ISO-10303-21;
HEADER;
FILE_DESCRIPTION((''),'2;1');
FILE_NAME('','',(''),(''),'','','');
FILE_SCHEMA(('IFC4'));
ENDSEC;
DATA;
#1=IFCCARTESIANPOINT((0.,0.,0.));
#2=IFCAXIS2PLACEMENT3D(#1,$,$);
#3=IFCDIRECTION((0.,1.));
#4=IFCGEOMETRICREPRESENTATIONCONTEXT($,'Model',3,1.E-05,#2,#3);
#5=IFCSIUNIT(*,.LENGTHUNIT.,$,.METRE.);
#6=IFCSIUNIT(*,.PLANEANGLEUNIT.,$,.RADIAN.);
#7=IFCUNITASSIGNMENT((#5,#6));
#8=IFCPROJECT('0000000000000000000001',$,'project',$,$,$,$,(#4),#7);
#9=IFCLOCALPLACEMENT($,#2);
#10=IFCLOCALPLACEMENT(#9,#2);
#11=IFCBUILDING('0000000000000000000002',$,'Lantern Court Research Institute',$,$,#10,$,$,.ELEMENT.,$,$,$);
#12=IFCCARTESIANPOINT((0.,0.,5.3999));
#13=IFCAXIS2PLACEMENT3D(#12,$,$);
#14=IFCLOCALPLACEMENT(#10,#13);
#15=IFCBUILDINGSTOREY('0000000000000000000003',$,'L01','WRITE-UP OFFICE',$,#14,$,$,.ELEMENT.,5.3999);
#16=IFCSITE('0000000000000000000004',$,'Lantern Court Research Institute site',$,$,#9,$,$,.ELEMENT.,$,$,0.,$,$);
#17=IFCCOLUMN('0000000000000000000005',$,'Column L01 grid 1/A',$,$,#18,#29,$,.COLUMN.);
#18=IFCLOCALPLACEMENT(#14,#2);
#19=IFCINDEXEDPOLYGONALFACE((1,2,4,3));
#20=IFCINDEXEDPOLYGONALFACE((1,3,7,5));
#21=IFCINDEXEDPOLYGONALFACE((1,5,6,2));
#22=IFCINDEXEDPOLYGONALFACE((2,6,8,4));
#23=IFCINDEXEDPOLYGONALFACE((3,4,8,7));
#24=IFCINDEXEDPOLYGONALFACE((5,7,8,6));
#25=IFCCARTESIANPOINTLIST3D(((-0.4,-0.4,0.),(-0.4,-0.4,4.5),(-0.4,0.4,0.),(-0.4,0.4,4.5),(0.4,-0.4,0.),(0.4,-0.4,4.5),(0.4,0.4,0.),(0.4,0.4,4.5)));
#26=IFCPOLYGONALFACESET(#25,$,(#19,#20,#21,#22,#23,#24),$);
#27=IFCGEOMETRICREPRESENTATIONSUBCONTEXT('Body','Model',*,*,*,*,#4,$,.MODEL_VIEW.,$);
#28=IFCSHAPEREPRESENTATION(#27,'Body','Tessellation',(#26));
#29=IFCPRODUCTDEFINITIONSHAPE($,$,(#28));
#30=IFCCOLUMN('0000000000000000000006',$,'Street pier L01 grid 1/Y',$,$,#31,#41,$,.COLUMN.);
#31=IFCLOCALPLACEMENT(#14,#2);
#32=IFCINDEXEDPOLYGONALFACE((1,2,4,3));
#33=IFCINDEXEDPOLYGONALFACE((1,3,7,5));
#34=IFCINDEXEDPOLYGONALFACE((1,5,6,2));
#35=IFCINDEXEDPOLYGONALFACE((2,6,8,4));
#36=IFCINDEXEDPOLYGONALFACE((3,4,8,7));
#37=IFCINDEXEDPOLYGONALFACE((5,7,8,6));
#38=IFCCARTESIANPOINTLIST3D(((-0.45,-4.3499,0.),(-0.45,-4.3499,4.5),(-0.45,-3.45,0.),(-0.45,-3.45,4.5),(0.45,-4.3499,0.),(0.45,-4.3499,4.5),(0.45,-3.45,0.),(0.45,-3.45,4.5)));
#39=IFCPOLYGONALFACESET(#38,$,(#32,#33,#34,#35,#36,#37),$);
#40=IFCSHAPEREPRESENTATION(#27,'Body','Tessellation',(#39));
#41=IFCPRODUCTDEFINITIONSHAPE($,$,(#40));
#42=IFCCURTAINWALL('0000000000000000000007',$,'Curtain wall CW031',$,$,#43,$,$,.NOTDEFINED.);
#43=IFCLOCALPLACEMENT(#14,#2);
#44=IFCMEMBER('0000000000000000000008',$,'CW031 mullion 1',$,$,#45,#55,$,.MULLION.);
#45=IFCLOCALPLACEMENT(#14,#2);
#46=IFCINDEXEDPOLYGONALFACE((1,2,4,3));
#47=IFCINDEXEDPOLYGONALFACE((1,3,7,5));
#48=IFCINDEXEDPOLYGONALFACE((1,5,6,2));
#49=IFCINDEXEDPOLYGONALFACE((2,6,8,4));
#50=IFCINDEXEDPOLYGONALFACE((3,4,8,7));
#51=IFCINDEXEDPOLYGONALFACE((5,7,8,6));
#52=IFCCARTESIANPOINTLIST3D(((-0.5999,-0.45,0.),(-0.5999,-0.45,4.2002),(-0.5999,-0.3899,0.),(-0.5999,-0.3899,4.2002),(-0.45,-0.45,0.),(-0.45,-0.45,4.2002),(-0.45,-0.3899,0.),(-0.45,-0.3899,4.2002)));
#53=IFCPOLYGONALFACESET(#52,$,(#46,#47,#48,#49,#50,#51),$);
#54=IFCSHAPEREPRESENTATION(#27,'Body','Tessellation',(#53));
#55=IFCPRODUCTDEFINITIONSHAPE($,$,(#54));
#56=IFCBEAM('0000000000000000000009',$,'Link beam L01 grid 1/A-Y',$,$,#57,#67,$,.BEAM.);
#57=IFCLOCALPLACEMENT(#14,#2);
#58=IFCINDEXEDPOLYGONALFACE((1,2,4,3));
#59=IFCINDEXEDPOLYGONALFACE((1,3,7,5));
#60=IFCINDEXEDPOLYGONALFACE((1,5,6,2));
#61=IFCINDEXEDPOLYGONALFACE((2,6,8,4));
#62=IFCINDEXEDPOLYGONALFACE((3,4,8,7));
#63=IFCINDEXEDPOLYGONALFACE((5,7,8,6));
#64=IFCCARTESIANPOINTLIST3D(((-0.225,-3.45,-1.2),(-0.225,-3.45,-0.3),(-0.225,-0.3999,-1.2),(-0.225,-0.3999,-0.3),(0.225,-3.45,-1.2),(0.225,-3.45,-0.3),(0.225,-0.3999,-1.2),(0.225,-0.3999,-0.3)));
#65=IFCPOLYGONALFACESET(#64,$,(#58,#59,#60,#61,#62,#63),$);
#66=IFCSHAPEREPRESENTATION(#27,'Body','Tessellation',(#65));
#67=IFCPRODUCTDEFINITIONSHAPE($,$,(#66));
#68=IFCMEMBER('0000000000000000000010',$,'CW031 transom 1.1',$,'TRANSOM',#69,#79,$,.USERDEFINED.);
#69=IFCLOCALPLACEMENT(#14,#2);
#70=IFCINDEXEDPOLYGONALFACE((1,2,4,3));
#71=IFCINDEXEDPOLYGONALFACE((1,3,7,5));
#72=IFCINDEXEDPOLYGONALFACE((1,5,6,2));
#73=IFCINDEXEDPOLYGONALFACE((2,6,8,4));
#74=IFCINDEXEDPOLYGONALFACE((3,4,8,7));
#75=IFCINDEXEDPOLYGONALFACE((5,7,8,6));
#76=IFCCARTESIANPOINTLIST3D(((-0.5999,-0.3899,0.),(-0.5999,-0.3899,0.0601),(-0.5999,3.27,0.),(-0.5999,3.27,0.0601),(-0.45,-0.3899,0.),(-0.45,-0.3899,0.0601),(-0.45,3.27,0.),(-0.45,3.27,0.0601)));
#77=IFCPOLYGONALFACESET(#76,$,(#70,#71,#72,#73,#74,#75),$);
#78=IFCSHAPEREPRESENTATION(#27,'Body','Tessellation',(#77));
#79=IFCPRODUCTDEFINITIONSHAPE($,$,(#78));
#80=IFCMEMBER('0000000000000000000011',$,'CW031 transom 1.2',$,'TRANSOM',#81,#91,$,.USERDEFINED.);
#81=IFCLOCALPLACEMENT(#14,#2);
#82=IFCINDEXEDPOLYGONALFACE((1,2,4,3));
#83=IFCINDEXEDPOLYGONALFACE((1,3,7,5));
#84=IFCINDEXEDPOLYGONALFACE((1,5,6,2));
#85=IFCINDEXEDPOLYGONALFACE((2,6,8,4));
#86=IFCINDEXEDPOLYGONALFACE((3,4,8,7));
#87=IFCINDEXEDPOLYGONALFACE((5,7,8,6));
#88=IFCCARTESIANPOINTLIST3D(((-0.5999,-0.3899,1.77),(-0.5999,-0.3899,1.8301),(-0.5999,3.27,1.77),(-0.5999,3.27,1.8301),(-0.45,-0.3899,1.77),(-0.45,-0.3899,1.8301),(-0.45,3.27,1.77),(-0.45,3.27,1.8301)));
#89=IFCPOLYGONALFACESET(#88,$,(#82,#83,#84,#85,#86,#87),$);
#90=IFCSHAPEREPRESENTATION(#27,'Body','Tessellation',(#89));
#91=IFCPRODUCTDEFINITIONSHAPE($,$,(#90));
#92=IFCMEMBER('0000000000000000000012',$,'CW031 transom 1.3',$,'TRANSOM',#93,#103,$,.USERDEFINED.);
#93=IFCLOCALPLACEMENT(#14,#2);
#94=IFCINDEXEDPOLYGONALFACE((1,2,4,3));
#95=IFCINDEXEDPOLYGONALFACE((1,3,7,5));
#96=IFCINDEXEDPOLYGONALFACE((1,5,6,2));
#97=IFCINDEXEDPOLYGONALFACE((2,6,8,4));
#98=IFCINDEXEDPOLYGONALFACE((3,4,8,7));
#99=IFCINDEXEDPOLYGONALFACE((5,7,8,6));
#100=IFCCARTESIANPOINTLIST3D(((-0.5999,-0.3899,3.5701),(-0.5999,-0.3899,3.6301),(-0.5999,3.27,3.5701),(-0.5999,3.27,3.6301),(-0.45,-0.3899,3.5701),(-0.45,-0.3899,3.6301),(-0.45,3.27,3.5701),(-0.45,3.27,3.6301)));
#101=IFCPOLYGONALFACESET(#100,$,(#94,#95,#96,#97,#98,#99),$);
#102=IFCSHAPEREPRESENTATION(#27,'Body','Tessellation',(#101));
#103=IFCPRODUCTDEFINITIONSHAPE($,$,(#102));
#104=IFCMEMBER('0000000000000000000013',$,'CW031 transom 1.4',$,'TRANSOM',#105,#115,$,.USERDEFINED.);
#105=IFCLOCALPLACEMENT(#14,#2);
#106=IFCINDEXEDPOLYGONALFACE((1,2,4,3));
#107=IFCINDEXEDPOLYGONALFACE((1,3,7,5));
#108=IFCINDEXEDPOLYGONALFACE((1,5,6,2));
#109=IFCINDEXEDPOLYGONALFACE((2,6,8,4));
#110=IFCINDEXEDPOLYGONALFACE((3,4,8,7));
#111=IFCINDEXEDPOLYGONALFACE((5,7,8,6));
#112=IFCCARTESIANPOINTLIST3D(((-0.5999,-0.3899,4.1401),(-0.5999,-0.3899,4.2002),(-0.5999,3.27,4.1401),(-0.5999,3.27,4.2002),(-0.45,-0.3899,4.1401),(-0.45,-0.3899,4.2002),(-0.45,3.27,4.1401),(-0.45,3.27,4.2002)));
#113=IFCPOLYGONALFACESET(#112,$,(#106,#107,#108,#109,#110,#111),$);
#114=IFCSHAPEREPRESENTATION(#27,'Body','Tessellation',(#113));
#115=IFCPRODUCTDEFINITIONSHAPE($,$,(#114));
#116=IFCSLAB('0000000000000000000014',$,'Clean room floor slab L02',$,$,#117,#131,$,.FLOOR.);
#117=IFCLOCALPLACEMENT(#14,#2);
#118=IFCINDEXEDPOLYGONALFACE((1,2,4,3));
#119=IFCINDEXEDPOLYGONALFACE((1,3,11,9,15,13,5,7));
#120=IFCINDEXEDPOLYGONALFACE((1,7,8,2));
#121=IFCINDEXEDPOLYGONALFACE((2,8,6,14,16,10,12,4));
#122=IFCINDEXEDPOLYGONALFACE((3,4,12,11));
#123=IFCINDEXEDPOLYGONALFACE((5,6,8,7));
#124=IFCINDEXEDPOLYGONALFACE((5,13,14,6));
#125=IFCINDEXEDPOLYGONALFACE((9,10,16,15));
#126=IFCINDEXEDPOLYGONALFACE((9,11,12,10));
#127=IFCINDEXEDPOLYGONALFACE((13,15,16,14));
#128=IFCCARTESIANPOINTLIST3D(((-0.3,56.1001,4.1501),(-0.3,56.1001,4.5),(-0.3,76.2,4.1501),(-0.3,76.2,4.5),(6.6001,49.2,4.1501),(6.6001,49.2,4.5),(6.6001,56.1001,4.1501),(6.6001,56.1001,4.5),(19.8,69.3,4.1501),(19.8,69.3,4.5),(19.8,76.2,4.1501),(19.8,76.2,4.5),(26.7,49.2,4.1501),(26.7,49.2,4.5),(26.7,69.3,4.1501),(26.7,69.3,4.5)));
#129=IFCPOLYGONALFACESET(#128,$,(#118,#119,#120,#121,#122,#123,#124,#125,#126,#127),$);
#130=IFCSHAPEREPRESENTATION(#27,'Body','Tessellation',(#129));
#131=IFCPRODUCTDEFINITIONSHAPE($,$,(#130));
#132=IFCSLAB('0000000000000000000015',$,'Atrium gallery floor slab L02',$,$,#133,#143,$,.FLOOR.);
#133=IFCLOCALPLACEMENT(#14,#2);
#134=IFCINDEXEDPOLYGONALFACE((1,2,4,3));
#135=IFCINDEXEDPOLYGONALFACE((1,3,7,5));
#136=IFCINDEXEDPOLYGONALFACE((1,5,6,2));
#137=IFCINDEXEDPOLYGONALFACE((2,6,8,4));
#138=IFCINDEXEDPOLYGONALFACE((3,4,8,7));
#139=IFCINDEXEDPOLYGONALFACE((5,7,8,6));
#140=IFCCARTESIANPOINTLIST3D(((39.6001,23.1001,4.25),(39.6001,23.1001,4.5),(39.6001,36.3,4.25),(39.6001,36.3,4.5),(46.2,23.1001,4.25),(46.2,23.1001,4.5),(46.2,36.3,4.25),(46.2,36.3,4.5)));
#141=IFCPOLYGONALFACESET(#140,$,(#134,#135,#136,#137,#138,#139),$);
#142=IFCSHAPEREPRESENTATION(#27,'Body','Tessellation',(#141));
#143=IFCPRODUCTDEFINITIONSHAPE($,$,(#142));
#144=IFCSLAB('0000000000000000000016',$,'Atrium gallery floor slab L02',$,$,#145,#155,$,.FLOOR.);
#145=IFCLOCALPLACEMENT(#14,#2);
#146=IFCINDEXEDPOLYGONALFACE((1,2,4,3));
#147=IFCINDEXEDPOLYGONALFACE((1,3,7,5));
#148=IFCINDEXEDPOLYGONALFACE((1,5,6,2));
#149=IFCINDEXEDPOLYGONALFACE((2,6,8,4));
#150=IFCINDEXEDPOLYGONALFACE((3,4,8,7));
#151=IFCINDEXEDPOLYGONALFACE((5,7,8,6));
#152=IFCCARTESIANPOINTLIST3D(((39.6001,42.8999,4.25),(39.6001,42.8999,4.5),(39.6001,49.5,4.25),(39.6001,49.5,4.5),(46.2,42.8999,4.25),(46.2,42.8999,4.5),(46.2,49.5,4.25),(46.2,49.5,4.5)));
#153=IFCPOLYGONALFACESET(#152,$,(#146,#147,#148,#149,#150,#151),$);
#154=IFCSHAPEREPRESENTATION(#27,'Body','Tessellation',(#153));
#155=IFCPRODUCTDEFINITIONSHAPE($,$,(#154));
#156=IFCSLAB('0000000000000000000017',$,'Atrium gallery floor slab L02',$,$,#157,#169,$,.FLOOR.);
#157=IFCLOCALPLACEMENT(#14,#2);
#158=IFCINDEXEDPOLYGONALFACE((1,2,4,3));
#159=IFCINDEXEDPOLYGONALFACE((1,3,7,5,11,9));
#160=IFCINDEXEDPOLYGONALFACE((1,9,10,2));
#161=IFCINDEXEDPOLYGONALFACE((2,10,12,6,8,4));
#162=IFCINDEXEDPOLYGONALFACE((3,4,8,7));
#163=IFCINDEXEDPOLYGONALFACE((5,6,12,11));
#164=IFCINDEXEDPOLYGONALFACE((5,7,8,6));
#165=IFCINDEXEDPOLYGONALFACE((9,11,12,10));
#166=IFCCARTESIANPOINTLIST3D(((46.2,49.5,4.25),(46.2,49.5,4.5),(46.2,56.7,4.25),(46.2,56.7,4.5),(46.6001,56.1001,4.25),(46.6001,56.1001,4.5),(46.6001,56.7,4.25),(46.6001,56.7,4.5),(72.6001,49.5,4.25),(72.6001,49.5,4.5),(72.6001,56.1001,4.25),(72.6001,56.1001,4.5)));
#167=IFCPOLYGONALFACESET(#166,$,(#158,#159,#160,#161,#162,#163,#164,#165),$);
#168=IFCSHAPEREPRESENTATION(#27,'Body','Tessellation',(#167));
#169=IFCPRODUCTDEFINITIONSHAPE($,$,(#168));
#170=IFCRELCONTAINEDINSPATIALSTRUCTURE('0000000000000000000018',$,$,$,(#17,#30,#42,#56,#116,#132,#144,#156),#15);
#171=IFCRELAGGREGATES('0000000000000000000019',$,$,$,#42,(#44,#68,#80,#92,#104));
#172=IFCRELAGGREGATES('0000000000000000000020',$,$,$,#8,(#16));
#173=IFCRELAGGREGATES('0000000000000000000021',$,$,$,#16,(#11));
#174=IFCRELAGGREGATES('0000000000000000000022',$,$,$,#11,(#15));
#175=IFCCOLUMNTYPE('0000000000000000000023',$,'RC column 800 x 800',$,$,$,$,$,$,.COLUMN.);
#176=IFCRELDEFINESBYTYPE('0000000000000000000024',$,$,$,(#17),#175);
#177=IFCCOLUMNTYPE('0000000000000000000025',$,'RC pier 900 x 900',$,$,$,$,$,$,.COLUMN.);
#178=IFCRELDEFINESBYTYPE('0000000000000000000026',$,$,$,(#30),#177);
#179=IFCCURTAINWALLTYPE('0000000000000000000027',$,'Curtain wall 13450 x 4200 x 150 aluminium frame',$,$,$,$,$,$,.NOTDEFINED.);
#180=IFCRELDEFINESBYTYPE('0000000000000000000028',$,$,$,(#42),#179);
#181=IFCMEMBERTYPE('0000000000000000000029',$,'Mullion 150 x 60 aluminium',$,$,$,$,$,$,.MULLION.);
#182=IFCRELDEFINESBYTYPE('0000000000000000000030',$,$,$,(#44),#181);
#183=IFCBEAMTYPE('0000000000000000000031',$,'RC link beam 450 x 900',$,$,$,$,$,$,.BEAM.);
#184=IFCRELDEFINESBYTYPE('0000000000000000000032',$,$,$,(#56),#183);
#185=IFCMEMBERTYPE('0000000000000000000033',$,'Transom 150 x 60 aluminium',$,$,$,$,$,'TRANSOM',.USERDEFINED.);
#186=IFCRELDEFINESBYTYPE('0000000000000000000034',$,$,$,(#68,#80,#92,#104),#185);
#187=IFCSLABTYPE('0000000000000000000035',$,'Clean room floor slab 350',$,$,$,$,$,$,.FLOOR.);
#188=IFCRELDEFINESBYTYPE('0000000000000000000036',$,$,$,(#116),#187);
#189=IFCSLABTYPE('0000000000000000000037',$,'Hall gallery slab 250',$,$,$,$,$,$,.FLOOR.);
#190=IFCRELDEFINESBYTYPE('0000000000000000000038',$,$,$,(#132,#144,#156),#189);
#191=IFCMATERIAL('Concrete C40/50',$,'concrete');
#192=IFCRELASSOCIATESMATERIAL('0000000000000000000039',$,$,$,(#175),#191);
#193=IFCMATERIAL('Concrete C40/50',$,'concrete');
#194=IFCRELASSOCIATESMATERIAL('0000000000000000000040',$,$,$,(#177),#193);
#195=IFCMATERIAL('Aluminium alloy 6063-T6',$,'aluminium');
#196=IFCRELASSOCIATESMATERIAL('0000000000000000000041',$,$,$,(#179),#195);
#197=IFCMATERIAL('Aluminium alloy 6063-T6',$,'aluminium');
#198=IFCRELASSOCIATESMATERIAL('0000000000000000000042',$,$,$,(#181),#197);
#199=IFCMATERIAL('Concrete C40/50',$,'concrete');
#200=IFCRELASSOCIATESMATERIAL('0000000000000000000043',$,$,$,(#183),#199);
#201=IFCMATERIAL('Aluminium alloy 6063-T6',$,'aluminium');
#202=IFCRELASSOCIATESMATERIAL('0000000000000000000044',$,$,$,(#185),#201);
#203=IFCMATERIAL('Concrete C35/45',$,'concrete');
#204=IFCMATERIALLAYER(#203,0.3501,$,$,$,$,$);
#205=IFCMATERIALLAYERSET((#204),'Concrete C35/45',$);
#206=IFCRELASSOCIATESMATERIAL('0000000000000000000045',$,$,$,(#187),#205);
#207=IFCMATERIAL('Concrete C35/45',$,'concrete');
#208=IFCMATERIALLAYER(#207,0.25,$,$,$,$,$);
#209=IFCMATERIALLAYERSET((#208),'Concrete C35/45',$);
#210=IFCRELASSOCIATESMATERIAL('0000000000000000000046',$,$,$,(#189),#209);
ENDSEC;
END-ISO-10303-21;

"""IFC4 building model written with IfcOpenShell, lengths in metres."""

from ifc_helpers import new_model, si_unit, direction, frame, origin, origin_with_axes, origin_2d, place, context, subcontext, project, spatial, polyline, rectangle, outline, extrude, material, layer, layer_set, material_profile, profile_set, type_object, element, aggregate, save


model = new_model("IFC4")

# Units and contexts
model_context = context("Model", 3, precision=1e-05, world=origin(), true_north=direction((0.0, 1.0)))
body_context = subcontext(model_context, "Body", "Model", "MODEL_VIEW")
ifc_project = project(units=[si_unit("LENGTHUNIT", "METRE"), si_unit("PLANEANGLEUNIT", "RADIAN")], contexts=[model_context])

# Site, building, storey
site_placement = place(None, origin())
site = spatial("IfcSite", under=ifc_project, at=site_placement, Name="Lantern Court Research Institute site", CompositionType="ELEMENT", RefElevation=0.0)
building_placement = place(site_placement, origin())
building = spatial("IfcBuilding", under=site, at=building_placement, Name="Lantern Court Research Institute", CompositionType="ELEMENT")
storey_placement = place(building_placement, frame((0.0, 0.0, 5.3999)))
storey = spatial("IfcBuildingStorey", under=building, at=storey_placement, Name="L01", Description="WRITE-UP OFFICE", CompositionType="ELEMENT", Elevation=5.3999)

# Columns
ifc_material_1 = material(Name="Concrete C40/50", Category="concrete")
ifc_material_profile_1 = material_profile(ifc_material_1, rectangle(XDim=0.8, YDim=0.8, at=origin_2d()), Name="RC column 800 x 800")
ifc_profile_set_1 = profile_set([ifc_material_profile_1], Name="Concrete C40/50")
column_type_1 = type_object("IfcColumnType", Name="RC column 800 x 800", PredefinedType="COLUMN", material=ifc_profile_set_1)
column_1_placement = place(storey_placement, origin_with_axes())
element("IfcColumn", 1, at=column_1_placement, inside=storey, type_object=column_type_1, Name="Column L01 grid 1/A", PredefinedType="COLUMN", context=body_context, shape_type="SweptSolid", body=[
    extrude(rectangle(XDim=0.8, YDim=0.8, at=origin_2d()), origin(), (0.0, 0.0, 1.0), 4.5),
])
ifc_material_2 = material(Name="Concrete C40/50", Category="concrete")
ifc_material_profile_2 = material_profile(ifc_material_2, rectangle(XDim=0.8999, YDim=0.8999, at=origin_2d()), Name="RC column 900 x 900")
ifc_profile_set_2 = profile_set([ifc_material_profile_2], Name="Concrete C40/50")
column_type_2 = type_object("IfcColumnType", Name="RC pier 900 x 900", PredefinedType="COLUMN", material=ifc_profile_set_2)
column_2_placement = place(storey_placement, frame((0.0, -3.8999, 0.0), z_axis=(0.0, 0.0, 1.0), x_axis=(1.0, 0.0, 0.0)))
element("IfcColumn", 2, at=column_2_placement, inside=storey, type_object=column_type_2, Name="Street pier L01 grid 1/Y", PredefinedType="COLUMN", context=body_context, shape_type="SweptSolid", body=[
    extrude(rectangle(XDim=0.8999, YDim=0.8999, at=origin_2d()), origin(), (0.0, 0.0, 1.0), 4.5),
])

# Curtain wall, member
ifc_material_3 = material(Name="Aluminium alloy 6063-T6", Category="aluminium")
curtain_wall_type = type_object("IfcCurtainWallType", Name="Curtain wall 13450 x 4200 x 150 aluminium frame", PredefinedType="NOTDEFINED", material=ifc_material_3)
curtain_wall_placement = place(storey_placement, origin())
curtain_wall = element("IfcCurtainWall", 3, at=curtain_wall_placement, inside=storey, type_object=curtain_wall_type, Name="Curtain wall CW031", PredefinedType="NOTDEFINED")
ifc_material_4 = material(Name="Aluminium alloy 6063-T6", Category="aluminium")
ifc_material_profile_3 = material_profile(ifc_material_4, rectangle(XDim=0.1499, YDim=0.0601, at=origin_2d()), Name="Mullion 150 x 60")
ifc_profile_set_3 = profile_set([ifc_material_profile_3], Name="Aluminium alloy 6063-T6")
member_type_1 = type_object("IfcMemberType", Name="Mullion 150 x 60 aluminium", PredefinedType="MULLION", material=ifc_profile_set_3)
member_1_placement = place(storey_placement, frame((-0.5249, -0.4199, 0.0), z_axis=(0.0, 0.0, 1.0), x_axis=(-1.0, 0.0, 0.0)))
member_1 = element("IfcMember", 4, at=member_1_placement, type_object=member_type_1, Name="CW031 mullion 1", PredefinedType="MULLION", context=body_context, shape_type="SweptSolid", body=[
    extrude(rectangle(XDim=0.1499, YDim=0.0601, at=origin_2d()), origin(), (0.0, 0.0, 1.0), 4.2002),
])

# Beam
ifc_material_5 = material(Name="Concrete C40/50", Category="concrete")
ifc_material_profile_4 = material_profile(ifc_material_5, rectangle(XDim=0.45, YDim=0.8999, at=origin_2d()), Name="RC beam 450 x 900")
ifc_profile_set_4 = profile_set([ifc_material_profile_4], Name="Concrete C40/50")
beam_type = type_object("IfcBeamType", Name="RC link beam 450 x 900", PredefinedType="BEAM", material=ifc_profile_set_4)
beam_placement = place(storey_placement, frame((0.0, -0.3999, -0.75), z_axis=(0.0, -1.0, 0.0), x_axis=(1.0, 0.0, 0.0)))
element("IfcBeam", 5, at=beam_placement, inside=storey, type_object=beam_type, Name="Link beam L01 grid 1/A-Y", PredefinedType="BEAM", context=body_context, shape_type="SweptSolid", body=[
    extrude(rectangle(XDim=0.45, YDim=0.8999, at=origin_2d()), origin(), (0.0, 0.0, 1.0), 3.05),
])

# Members
ifc_material_6 = material(Name="Aluminium alloy 6063-T6", Category="aluminium")
ifc_material_profile_5 = material_profile(ifc_material_6, rectangle(XDim=0.1499, YDim=0.0601, at=origin_2d()), Name="Transom 150 x 60")
ifc_profile_set_5 = profile_set([ifc_material_profile_5], Name="Aluminium alloy 6063-T6")
member_type_2 = type_object("IfcMemberType", Name="Transom 150 x 60 aluminium", ElementType="TRANSOM", PredefinedType="USERDEFINED", material=ifc_profile_set_5)
member_2_placement = place(storey_placement, frame((-0.5249, -0.3899, 0.03), z_axis=(0.0, 1.0, 0.0), x_axis=(-1.0, 0.0, 0.0)))
member_2 = element("IfcMember", 6, at=member_2_placement, type_object=member_type_2, Name="CW031 transom 1.1", ObjectType="TRANSOM", PredefinedType="USERDEFINED", context=body_context, shape_type="SweptSolid", body=[
    extrude(rectangle(XDim=0.1499, YDim=0.0601, at=origin_2d()), origin(), (0.0, 0.0, 1.0), 3.6599),
])
member_3_placement = place(storey_placement, frame((-0.5249, -0.3899, 1.8), z_axis=(0.0, 1.0, 0.0), x_axis=(-1.0, 0.0, 0.0)))
member_3 = element("IfcMember", 7, at=member_3_placement, type_object=member_type_2, Name="CW031 transom 1.2", ObjectType="TRANSOM", PredefinedType="USERDEFINED", context=body_context, shape_type="SweptSolid", body=[
    extrude(rectangle(XDim=0.1499, YDim=0.0601, at=origin_2d()), origin(), (0.0, 0.0, 1.0), 3.6599),
])
member_4_placement = place(storey_placement, frame((-0.5249, -0.3899, 3.6001), z_axis=(0.0, 1.0, 0.0), x_axis=(-1.0, 0.0, 0.0)))
member_4 = element("IfcMember", 8, at=member_4_placement, type_object=member_type_2, Name="CW031 transom 1.3", ObjectType="TRANSOM", PredefinedType="USERDEFINED", context=body_context, shape_type="SweptSolid", body=[
    extrude(rectangle(XDim=0.1499, YDim=0.0601, at=origin_2d()), origin(), (0.0, 0.0, 1.0), 3.6599),
])
member_5_placement = place(storey_placement, frame((-0.5249, -0.3899, 4.1702), z_axis=(0.0, 1.0, 0.0), x_axis=(-1.0, 0.0, 0.0)))
member_5 = element("IfcMember", 9, at=member_5_placement, type_object=member_type_2, Name="CW031 transom 1.4", ObjectType="TRANSOM", PredefinedType="USERDEFINED", context=body_context, shape_type="SweptSolid", body=[
    extrude(rectangle(XDim=0.1499, YDim=0.0601, at=origin_2d()), origin(), (0.0, 0.0, 1.0), 3.6599),
])
aggregate(curtain_wall, [member_1, member_2, member_3, member_4, member_5])

# Slabs
ifc_material_7 = material(Name="Concrete C35/45", Category="concrete")
ifc_layer_1 = layer(ifc_material_7, 0.3501)
ifc_layer_set_1 = layer_set([ifc_layer_1], Name="Concrete C35/45")
slab_type_1 = type_object("IfcSlabType", Name="Clean room floor slab 350", PredefinedType="FLOOR", material=ifc_layer_set_1)
slab_1_placement = place(storey_placement, frame((0.0, 0.0, 4.1501)))
element("IfcSlab", 10, at=slab_1_placement, inside=storey, type_object=slab_type_1, Name="Clean room floor slab L02", PredefinedType="FLOOR", context=body_context, shape_type="SweptSolid", body=[
    extrude(outline(polyline([(19.8, 76.2), (19.8, 69.3), (26.7, 69.3), (26.7, 49.2), (6.6001, 49.2), (6.6001, 56.1001), (-0.3, 56.1001), (-0.3, 76.2), (19.8, 76.2)])), origin(), (0.0, 0.0, 1.0), 0.3499),
])
ifc_material_8 = material(Name="Concrete C35/45", Category="concrete")
ifc_layer_2 = layer(ifc_material_8, 0.25)
ifc_layer_set_2 = layer_set([ifc_layer_2], Name="Concrete C35/45")
slab_type_2 = type_object("IfcSlabType", Name="Hall gallery slab 250", PredefinedType="FLOOR", material=ifc_layer_set_2)
slab_2_placement = place(storey_placement, frame((0.0, 0.0, 4.25)))
element("IfcSlab", 11, at=slab_2_placement, inside=storey, type_object=slab_type_2, Name="Atrium gallery floor slab L02", PredefinedType="FLOOR", context=body_context, shape_type="SweptSolid", body=[
    extrude(outline(polyline([(39.6001, 36.3), (46.2, 36.3), (46.2, 23.1001), (39.6001, 23.1001), (39.6001, 36.3)])), origin(), (0.0, 0.0, 1.0), 0.25),
])
slab_3_placement = place(storey_placement, frame((0.0, 0.0, 4.25)))
element("IfcSlab", 12, at=slab_3_placement, inside=storey, type_object=slab_type_2, Name="Atrium gallery floor slab L02", PredefinedType="FLOOR", context=body_context, shape_type="SweptSolid", body=[
    extrude(outline(polyline([(39.6001, 49.5), (46.2, 49.5), (46.2, 42.8999), (39.6001, 42.8999), (39.6001, 49.5)])), origin(), (0.0, 0.0, 1.0), 0.25),
])
slab_4_placement = place(storey_placement, frame((0.0, 0.0, 4.25)))
element("IfcSlab", 13, at=slab_4_placement, inside=storey, type_object=slab_type_2, Name="Atrium gallery floor slab L02", PredefinedType="FLOOR", context=body_context, shape_type="SweptSolid", body=[
    extrude(outline(polyline([(72.6001, 56.1001), (72.6001, 49.5), (46.2, 49.5), (46.2, 56.7), (46.6001, 56.7), (46.6001, 56.1001), (72.6001, 56.1001)])), origin(), (0.0, 0.0, 1.0), 0.25),
])

save(model, "model.ifc")
